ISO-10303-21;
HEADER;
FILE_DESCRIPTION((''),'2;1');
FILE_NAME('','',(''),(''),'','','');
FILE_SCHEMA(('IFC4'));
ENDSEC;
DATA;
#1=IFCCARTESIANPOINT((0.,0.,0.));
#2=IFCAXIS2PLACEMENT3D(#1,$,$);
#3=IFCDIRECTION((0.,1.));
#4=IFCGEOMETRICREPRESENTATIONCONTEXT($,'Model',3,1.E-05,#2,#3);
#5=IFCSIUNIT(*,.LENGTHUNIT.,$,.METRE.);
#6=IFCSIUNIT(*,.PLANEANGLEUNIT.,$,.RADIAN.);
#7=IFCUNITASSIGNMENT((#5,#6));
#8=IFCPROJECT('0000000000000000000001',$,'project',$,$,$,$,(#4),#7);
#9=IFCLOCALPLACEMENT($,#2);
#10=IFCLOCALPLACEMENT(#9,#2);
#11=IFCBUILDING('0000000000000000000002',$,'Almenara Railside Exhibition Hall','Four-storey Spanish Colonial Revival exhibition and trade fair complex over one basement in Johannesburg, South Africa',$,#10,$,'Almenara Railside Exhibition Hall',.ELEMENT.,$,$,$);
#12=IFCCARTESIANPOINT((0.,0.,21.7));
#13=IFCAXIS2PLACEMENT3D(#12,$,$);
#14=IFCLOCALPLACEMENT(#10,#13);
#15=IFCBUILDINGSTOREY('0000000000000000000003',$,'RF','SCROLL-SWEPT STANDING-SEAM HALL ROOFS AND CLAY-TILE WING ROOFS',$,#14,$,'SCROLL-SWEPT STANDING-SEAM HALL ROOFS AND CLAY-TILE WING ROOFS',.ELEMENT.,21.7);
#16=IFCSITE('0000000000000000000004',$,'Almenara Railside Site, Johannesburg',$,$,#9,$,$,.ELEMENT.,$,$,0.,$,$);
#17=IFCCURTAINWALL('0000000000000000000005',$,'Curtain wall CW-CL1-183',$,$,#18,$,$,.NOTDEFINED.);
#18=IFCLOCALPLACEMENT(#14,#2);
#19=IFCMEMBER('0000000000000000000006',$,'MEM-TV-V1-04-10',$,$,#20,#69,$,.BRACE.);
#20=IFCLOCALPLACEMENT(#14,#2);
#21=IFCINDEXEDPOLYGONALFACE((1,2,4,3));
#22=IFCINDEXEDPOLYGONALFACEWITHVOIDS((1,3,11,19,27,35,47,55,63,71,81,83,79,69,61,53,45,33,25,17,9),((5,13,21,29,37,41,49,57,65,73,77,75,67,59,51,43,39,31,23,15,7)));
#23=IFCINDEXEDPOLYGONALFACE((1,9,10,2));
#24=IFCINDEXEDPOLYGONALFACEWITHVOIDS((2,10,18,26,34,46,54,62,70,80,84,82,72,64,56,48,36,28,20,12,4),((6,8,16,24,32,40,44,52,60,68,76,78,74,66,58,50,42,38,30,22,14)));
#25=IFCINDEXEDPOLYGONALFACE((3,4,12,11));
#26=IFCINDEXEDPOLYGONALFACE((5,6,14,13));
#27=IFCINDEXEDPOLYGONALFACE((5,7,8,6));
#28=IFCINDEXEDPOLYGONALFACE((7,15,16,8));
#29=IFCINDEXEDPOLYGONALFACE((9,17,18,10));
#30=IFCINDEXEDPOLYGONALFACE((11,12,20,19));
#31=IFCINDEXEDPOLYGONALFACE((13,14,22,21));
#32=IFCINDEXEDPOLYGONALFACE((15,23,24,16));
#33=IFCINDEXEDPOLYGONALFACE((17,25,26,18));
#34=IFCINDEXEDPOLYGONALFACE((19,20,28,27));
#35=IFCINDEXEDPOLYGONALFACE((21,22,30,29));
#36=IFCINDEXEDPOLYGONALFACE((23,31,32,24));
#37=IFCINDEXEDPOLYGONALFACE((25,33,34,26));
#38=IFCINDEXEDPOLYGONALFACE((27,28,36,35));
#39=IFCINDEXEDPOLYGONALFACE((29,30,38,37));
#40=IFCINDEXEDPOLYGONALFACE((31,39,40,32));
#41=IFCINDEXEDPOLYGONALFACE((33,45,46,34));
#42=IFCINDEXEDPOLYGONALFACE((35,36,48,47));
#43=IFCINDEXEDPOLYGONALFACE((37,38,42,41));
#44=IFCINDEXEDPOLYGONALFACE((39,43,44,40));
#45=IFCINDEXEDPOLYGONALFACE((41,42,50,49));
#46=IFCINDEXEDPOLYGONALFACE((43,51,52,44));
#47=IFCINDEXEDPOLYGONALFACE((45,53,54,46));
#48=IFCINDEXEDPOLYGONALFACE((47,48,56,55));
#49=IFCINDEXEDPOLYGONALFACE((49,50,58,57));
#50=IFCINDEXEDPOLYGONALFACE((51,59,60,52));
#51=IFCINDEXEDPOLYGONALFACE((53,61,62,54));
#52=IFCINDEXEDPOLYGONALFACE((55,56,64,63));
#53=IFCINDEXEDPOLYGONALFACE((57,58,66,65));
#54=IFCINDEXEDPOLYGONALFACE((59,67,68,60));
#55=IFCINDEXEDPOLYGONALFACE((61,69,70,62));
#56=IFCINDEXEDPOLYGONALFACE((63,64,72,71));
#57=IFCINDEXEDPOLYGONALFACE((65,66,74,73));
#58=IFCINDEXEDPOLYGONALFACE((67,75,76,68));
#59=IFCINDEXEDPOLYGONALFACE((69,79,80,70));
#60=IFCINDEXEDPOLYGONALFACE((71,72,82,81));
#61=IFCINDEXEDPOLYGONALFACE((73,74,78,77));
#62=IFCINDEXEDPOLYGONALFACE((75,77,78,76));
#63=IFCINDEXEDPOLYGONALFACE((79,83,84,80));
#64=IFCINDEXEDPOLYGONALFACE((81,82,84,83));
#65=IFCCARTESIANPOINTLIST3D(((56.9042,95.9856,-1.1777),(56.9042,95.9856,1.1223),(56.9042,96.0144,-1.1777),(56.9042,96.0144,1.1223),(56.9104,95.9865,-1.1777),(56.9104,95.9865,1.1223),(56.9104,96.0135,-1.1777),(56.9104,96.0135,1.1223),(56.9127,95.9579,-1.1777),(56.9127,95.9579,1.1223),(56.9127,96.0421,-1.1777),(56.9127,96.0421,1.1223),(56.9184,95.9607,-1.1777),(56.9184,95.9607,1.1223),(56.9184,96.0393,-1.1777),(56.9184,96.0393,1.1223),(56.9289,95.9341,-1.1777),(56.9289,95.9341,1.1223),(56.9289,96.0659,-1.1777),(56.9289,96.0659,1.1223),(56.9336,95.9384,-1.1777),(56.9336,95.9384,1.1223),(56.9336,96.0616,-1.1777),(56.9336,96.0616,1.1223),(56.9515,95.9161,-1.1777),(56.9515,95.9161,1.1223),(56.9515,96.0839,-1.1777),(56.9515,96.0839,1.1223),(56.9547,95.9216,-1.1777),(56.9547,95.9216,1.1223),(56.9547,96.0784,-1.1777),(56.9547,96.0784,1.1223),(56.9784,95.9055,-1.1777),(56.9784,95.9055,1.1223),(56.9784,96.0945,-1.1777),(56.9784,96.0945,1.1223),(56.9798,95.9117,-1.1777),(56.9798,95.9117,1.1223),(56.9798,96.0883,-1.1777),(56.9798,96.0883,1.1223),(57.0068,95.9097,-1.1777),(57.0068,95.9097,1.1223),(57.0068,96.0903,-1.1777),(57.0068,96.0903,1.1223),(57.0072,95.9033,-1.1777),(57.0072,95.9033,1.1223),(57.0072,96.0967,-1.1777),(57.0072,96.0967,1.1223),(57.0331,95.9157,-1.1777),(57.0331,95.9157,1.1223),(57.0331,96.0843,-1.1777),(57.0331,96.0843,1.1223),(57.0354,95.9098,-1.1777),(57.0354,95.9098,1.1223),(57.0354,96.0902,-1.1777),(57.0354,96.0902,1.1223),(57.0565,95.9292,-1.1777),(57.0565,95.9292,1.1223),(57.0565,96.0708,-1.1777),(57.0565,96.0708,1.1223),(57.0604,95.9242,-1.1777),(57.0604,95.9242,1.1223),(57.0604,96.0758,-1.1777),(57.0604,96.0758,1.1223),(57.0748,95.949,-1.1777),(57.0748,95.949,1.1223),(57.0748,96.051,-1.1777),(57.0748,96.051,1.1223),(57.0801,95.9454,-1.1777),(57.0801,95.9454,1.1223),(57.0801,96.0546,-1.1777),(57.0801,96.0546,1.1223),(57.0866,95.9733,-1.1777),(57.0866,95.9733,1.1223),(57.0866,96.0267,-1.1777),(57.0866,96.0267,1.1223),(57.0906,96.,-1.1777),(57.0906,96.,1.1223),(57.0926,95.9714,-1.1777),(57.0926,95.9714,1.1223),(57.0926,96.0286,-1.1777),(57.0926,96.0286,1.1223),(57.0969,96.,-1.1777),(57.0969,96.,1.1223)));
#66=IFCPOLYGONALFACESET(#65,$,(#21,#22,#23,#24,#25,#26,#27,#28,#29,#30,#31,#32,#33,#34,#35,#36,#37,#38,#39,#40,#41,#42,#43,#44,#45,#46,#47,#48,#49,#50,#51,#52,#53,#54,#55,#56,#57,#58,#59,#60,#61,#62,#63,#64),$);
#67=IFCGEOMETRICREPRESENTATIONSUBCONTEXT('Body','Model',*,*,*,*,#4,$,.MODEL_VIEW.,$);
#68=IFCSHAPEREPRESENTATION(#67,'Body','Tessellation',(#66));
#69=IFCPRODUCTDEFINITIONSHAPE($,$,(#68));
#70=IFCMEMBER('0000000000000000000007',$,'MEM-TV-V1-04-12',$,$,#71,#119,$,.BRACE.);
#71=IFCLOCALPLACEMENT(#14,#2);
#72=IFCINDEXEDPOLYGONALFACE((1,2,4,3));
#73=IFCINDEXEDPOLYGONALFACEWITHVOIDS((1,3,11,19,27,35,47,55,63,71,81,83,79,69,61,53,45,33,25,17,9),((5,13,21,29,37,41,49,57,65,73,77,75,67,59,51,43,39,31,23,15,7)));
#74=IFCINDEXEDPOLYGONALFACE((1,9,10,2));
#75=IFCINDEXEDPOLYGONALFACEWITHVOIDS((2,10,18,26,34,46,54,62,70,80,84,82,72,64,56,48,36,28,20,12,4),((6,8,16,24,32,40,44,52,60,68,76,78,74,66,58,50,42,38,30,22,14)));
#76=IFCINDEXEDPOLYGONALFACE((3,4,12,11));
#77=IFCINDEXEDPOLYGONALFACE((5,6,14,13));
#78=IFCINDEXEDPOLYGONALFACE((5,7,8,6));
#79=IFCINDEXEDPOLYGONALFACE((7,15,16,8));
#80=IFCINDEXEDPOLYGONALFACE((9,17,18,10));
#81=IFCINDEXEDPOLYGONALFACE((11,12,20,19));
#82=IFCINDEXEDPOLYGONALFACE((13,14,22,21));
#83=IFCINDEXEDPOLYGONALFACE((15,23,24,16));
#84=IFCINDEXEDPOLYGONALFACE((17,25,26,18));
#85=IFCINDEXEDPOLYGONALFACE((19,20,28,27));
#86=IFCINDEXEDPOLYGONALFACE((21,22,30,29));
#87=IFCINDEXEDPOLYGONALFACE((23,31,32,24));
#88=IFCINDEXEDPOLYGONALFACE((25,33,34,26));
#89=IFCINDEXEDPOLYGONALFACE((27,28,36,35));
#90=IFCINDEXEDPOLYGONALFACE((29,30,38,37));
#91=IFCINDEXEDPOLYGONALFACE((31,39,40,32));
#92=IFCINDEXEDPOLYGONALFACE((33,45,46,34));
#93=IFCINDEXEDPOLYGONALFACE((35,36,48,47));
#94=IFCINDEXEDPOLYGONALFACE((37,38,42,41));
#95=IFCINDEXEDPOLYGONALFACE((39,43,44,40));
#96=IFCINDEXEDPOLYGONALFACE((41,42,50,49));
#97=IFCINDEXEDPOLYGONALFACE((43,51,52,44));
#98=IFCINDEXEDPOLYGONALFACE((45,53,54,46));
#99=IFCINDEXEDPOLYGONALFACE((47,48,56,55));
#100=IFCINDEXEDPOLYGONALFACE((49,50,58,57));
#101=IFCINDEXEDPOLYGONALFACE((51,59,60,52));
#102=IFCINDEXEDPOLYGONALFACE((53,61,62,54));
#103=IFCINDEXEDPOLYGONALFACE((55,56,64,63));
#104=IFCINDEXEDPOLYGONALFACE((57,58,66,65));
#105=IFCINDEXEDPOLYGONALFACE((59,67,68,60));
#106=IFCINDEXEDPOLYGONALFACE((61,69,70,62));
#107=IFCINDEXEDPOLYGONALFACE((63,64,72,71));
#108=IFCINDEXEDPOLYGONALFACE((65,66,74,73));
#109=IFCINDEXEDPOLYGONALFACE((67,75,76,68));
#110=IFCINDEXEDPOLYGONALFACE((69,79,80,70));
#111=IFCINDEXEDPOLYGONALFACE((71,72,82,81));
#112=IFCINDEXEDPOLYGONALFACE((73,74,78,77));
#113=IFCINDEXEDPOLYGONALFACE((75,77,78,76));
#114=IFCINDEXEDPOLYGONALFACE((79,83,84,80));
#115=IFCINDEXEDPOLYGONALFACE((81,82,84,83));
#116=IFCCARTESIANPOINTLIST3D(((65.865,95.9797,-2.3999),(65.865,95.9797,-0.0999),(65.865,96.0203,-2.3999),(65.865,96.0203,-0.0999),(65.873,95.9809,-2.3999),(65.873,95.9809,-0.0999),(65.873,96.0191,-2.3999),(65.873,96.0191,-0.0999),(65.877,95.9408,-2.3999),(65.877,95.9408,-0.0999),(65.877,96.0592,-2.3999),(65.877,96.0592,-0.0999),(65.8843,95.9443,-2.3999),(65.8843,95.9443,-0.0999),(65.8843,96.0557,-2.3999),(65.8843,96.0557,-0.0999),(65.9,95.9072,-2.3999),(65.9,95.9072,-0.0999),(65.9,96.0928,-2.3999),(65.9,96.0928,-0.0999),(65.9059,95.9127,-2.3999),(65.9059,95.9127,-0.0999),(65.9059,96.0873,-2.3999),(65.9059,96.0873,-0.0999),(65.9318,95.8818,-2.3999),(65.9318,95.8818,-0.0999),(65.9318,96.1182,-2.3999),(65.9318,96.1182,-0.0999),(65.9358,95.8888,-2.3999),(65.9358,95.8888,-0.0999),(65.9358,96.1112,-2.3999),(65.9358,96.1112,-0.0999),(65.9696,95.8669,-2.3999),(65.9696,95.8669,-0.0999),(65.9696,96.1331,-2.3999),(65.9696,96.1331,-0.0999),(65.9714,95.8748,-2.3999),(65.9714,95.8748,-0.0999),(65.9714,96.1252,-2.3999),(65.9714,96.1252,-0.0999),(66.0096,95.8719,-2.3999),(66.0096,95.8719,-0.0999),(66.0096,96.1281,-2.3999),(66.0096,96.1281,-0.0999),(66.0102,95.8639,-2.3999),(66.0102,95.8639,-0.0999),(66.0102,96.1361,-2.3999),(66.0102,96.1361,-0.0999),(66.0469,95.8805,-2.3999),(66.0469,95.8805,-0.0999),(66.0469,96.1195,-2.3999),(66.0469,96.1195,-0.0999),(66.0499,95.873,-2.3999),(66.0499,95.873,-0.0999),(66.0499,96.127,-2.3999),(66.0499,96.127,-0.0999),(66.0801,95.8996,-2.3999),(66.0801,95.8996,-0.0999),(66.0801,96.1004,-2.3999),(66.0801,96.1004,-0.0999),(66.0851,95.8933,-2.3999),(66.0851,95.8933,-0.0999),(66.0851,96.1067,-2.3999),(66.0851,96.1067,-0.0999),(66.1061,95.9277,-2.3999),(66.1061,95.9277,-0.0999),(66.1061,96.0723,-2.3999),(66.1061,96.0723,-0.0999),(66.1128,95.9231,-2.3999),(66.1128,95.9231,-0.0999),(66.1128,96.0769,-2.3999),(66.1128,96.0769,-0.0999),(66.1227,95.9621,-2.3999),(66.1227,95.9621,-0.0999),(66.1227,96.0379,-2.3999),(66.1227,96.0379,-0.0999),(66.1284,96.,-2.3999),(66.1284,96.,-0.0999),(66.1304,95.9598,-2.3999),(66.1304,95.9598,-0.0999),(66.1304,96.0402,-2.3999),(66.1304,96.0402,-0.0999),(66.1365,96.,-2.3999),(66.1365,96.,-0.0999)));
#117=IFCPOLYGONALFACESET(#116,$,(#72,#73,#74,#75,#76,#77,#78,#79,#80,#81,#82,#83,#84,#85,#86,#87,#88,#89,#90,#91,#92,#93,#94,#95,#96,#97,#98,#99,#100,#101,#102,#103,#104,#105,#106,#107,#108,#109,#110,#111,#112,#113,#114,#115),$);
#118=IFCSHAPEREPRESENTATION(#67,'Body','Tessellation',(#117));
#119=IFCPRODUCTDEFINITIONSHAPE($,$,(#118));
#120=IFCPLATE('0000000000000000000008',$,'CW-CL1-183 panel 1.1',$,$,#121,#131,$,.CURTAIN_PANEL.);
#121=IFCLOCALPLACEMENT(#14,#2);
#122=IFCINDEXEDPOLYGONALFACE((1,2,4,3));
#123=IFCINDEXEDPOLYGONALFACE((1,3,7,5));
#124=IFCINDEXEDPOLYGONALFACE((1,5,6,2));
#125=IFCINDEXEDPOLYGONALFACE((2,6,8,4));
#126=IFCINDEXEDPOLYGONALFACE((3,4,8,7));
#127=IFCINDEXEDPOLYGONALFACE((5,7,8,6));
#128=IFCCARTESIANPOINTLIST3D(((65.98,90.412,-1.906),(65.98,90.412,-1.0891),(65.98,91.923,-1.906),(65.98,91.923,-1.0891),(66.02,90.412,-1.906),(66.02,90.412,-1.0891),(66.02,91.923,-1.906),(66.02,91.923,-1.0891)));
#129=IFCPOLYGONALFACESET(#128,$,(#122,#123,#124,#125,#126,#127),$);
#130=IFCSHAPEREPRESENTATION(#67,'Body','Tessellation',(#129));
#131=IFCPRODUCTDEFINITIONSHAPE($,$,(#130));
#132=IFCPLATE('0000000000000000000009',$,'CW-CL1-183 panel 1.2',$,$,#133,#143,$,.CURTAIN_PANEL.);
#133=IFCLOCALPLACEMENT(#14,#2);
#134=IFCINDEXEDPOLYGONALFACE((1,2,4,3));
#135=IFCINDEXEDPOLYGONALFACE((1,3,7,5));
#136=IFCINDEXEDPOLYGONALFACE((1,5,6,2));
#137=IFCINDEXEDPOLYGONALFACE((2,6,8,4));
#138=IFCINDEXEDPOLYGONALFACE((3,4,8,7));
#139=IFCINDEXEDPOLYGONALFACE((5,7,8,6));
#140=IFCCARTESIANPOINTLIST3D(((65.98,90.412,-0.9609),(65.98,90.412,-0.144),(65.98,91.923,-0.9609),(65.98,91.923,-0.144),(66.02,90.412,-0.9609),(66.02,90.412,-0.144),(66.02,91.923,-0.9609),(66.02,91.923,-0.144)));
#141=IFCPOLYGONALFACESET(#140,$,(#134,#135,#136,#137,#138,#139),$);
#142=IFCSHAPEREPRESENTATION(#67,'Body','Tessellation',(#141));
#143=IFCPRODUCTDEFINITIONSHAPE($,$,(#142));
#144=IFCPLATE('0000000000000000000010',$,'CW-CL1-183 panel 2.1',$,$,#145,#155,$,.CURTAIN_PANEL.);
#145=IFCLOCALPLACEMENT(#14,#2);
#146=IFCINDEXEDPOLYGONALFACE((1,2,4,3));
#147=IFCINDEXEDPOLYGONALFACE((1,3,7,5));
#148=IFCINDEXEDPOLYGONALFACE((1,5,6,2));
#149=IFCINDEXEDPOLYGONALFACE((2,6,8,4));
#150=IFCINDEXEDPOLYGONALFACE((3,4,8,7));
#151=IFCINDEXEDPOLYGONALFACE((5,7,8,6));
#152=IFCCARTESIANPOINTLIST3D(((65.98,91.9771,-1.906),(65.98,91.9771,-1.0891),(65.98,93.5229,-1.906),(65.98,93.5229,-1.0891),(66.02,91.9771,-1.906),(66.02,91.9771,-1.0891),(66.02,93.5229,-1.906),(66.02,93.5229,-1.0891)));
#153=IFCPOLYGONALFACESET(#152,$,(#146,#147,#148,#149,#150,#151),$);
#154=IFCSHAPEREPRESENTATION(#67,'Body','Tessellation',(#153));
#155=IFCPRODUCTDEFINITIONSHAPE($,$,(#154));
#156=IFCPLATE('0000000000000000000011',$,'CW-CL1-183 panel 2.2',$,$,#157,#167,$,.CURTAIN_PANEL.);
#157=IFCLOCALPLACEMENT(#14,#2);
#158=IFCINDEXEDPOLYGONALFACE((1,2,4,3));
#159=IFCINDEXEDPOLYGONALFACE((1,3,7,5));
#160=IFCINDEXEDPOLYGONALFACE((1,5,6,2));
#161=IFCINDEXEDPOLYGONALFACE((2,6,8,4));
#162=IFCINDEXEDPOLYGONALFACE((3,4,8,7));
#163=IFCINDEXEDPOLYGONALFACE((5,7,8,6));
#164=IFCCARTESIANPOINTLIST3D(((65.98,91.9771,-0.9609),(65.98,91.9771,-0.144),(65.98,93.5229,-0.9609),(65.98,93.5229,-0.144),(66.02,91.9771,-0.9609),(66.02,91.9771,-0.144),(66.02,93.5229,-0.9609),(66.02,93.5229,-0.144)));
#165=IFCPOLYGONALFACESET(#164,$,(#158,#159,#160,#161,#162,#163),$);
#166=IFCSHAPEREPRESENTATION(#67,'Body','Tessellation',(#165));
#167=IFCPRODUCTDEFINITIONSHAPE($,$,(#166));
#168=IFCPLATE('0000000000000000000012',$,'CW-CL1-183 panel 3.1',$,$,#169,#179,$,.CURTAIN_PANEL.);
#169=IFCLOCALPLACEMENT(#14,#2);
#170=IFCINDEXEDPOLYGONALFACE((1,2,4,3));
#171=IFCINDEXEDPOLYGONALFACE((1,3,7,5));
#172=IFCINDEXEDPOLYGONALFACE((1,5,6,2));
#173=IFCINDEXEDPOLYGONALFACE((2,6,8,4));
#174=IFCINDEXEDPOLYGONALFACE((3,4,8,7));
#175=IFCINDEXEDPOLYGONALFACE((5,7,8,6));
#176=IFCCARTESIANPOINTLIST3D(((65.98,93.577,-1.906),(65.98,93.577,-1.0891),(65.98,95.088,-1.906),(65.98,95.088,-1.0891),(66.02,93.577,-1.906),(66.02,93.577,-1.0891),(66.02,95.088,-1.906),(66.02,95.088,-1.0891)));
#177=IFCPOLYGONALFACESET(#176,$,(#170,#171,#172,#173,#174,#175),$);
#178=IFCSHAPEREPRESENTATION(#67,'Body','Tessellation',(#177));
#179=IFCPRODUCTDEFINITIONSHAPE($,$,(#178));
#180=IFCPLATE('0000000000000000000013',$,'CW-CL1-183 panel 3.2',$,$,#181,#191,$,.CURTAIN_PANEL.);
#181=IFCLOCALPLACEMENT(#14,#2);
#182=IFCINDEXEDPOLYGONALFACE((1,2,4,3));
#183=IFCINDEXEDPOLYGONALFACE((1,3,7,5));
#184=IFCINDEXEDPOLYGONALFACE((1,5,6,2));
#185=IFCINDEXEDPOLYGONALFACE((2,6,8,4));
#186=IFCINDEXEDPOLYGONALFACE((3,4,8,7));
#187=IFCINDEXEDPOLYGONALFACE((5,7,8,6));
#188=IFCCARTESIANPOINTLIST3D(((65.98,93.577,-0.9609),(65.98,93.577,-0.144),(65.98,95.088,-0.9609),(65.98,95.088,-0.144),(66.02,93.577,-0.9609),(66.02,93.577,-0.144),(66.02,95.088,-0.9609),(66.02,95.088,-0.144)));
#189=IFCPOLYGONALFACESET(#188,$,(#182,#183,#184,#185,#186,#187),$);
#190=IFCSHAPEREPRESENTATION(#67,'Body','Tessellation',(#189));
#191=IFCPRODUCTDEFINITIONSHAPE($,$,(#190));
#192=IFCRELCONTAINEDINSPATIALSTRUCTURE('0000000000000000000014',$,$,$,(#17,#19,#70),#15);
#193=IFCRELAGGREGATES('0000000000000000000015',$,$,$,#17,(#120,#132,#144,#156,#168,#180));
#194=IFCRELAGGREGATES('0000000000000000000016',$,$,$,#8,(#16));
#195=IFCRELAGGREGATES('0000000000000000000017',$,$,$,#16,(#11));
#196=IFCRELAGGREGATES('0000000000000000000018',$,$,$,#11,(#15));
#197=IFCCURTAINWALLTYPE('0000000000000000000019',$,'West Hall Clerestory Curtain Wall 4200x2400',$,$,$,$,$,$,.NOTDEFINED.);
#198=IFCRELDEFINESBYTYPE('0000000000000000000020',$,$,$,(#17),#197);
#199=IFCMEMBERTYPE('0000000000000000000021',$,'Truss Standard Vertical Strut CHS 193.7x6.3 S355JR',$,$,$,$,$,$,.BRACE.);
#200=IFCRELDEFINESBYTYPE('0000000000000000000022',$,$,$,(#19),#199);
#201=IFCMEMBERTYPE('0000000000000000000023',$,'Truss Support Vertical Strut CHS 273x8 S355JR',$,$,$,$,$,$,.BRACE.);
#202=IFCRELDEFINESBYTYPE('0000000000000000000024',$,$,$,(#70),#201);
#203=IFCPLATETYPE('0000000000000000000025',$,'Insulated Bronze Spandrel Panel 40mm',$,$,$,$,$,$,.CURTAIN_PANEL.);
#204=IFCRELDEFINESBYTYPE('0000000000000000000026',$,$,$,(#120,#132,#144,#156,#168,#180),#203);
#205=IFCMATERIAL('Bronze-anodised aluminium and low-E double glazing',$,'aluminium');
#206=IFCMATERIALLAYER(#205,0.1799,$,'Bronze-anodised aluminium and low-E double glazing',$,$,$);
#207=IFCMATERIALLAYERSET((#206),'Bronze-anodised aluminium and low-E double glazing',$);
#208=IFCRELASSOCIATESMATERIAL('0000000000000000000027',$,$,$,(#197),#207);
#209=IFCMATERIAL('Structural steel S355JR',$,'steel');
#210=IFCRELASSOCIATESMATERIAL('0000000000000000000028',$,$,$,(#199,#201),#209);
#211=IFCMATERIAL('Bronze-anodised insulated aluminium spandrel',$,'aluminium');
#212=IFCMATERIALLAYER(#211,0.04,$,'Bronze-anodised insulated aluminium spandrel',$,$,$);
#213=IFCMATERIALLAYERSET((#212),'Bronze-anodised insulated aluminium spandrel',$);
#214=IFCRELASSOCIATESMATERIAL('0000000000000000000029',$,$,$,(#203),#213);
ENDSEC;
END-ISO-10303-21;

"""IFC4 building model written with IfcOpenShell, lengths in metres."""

from ifc_helpers import new_model, si_unit, direction, frame, origin, origin_2d, place, context, subcontext, project, spatial, rectangle, hollow_circle, extrude, material, layer, layer_set, material_profile, profile_set, type_object, element, aggregate, save


model = new_model("IFC4")

# Units and contexts
model_context = context("Model", 3, precision=1e-05, world=origin(), true_north=direction((0.0, 1.0)))
body_context = subcontext(model_context, "Body", "Model", "MODEL_VIEW")
ifc_project = project(units=[si_unit("LENGTHUNIT", "METRE"), si_unit("PLANEANGLEUNIT", "RADIAN")], contexts=[model_context])

# Site, building, storey
site_placement = place(None, origin())
site = spatial("IfcSite", under=ifc_project, at=site_placement, Name="Almenara Railside Site, Johannesburg", CompositionType="ELEMENT", RefElevation=0.0)
building_placement = place(site_placement, origin())
building = spatial("IfcBuilding", under=site, at=building_placement, Name="Almenara Railside Exhibition Hall", Description="Four-storey Spanish Colonial Revival exhibition and trade fair complex over one basement in Johannesburg, South Africa", LongName="Almenara Railside Exhibition Hall", CompositionType="ELEMENT")
storey_placement = place(building_placement, frame((0.0, 0.0, 21.7)))
storey = spatial("IfcBuildingStorey", under=building, at=storey_placement, Name="RF", Description="SCROLL-SWEPT STANDING-SEAM HALL ROOFS AND CLAY-TILE WING ROOFS", LongName="SCROLL-SWEPT STANDING-SEAM HALL ROOFS AND CLAY-TILE WING ROOFS", CompositionType="ELEMENT", Elevation=21.7)

# Shared definitions
ifc_material_1 = material(Name="Structural steel S355JR", Category="steel")

# Curtain wall
ifc_material_2 = material(Name="Bronze-anodised aluminium and low-E double glazing", Category="aluminium")
ifc_layer_1 = layer(ifc_material_2, 0.1799, Name="Bronze-anodised aluminium and low-E double glazing")
ifc_layer_set_1 = layer_set([ifc_layer_1], Name="Bronze-anodised aluminium and low-E double glazing")
curtain_wall_type = type_object("IfcCurtainWallType", Name="West Hall Clerestory Curtain Wall 4200x2400", PredefinedType="NOTDEFINED", material=ifc_layer_set_1)
curtain_wall_1_placement = place(storey_placement, origin())
curtain_wall_1 = element("IfcCurtainWall", 1, at=curtain_wall_1_placement, inside=storey, type_object=curtain_wall_type, Name="Curtain wall CW-CL1-183", PredefinedType="NOTDEFINED")

# Members
ifc_material_profile_1 = material_profile(ifc_material_1, hollow_circle(Radius=0.0969, WallThickness=0.0063, at=origin_2d()), Name="CHS 193.7x6.3")
ifc_profile_set_1 = profile_set([ifc_material_profile_1], Name="Structural steel S355JR")
member_type_1 = type_object("IfcMemberType", Name="Truss Standard Vertical Strut CHS 193.7x6.3 S355JR", PredefinedType="BRACE", material=ifc_profile_set_1)
member_1_placement = place(storey_placement, frame((57.0, 96.0, -1.1777), z_axis=(0.0, 0.0, 1.0), x_axis=(1.0, 0.0, 0.0)))
element("IfcMember", 2, at=member_1_placement, inside=storey, type_object=member_type_1, Name="MEM-TV-V1-04-10", PredefinedType="BRACE", context=body_context, shape_type="SweptSolid", body=[
    extrude(hollow_circle(Radius=0.0969, WallThickness=0.0063, at=origin_2d()), origin(), (0.0, 0.0, 1.0), 2.3),
])
ifc_material_profile_2 = material_profile(ifc_material_1, hollow_circle(Radius=0.1365, WallThickness=0.0081, at=origin_2d()), Name="CHS 273x8")
ifc_profile_set_2 = profile_set([ifc_material_profile_2], Name="Structural steel S355JR")
member_type_2 = type_object("IfcMemberType", Name="Truss Support Vertical Strut CHS 273x8 S355JR", PredefinedType="BRACE", material=ifc_profile_set_2)
member_2_placement = place(storey_placement, frame((66.0, 96.0, -2.3999), z_axis=(0.0, 0.0, 1.0), x_axis=(1.0, 0.0, 0.0)))
element("IfcMember", 3, at=member_2_placement, inside=storey, type_object=member_type_2, Name="MEM-TV-V1-04-12", PredefinedType="BRACE", context=body_context, shape_type="SweptSolid", body=[
    extrude(hollow_circle(Radius=0.1365, WallThickness=0.0081, at=origin_2d()), origin(), (0.0, 0.0, 1.0), 2.3),
])

# Plates
ifc_material_3 = material(Name="Bronze-anodised insulated aluminium spandrel", Category="aluminium")
ifc_layer_2 = layer(ifc_material_3, 0.04, Name="Bronze-anodised insulated aluminium spandrel")
ifc_layer_set_2 = layer_set([ifc_layer_2], Name="Bronze-anodised insulated aluminium spandrel")
plate_type_1 = type_object("IfcPlateType", Name="Insulated Bronze Spandrel Panel 40mm", PredefinedType="CURTAIN_PANEL", material=ifc_layer_set_2)
plate_1_placement = place(storey_placement, frame((66.0, 91.1675, -1.906), z_axis=(0.0, 0.0, 1.0), x_axis=(0.0, 1.0, 0.0)))
plate_1 = element("IfcPlate", 4, at=plate_1_placement, type_object=plate_type_1, Name="CW-CL1-183 panel 1.1", PredefinedType="CURTAIN_PANEL", context=body_context, shape_type="SweptSolid", body=[
    extrude(rectangle(XDim=1.511, YDim=0.04, at=origin_2d()), origin(), (0.0, 0.0, 1.0), 0.8169),
])
plate_2_placement = place(storey_placement, frame((66.0, 91.1675, -0.9609), z_axis=(0.0, 0.0, 1.0), x_axis=(0.0, 1.0, 0.0)))
plate_2 = element("IfcPlate", 5, at=plate_2_placement, type_object=plate_type_1, Name="CW-CL1-183 panel 1.2", PredefinedType="CURTAIN_PANEL", context=body_context, shape_type="SweptSolid", body=[
    extrude(rectangle(XDim=1.511, YDim=0.04, at=origin_2d()), origin(), (0.0, 0.0, 1.0), 0.8169),
])
plate_3_placement = place(storey_placement, frame((66.0, 92.75, -1.906), z_axis=(0.0, 0.0, 1.0), x_axis=(0.0, 1.0, 0.0)))
plate_3 = element("IfcPlate", 6, at=plate_3_placement, type_object=plate_type_1, Name="CW-CL1-183 panel 2.1", PredefinedType="CURTAIN_PANEL", context=body_context, shape_type="SweptSolid", body=[
    extrude(rectangle(XDim=1.5459, YDim=0.04, at=origin_2d()), origin(), (0.0, 0.0, 1.0), 0.8169),
])
plate_4_placement = place(storey_placement, frame((66.0, 92.75, -0.9609), z_axis=(0.0, 0.0, 1.0), x_axis=(0.0, 1.0, 0.0)))
plate_4 = element("IfcPlate", 7, at=plate_4_placement, type_object=plate_type_1, Name="CW-CL1-183 panel 2.2", PredefinedType="CURTAIN_PANEL", context=body_context, shape_type="SweptSolid", body=[
    extrude(rectangle(XDim=1.5459, YDim=0.04, at=origin_2d()), origin(), (0.0, 0.0, 1.0), 0.8169),
])
plate_5_placement = place(storey_placement, frame((66.0, 94.3325, -1.906), z_axis=(0.0, 0.0, 1.0), x_axis=(0.0, 1.0, 0.0)))
plate_5 = element("IfcPlate", 8, at=plate_5_placement, type_object=plate_type_1, Name="CW-CL1-183 panel 3.1", PredefinedType="CURTAIN_PANEL", context=body_context, shape_type="SweptSolid", body=[
    extrude(rectangle(XDim=1.511, YDim=0.04, at=origin_2d()), origin(), (0.0, 0.0, 1.0), 0.8169),
])
plate_6_placement = place(storey_placement, frame((66.0, 94.3325, -0.9609), z_axis=(0.0, 0.0, 1.0), x_axis=(0.0, 1.0, 0.0)))
plate_6 = element("IfcPlate", 9, at=plate_6_placement, type_object=plate_type_1, Name="CW-CL1-183 panel 3.2", PredefinedType="CURTAIN_PANEL", context=body_context, shape_type="SweptSolid", body=[
    extrude(rectangle(XDim=1.511, YDim=0.04, at=origin_2d()), origin(), (0.0, 0.0, 1.0), 0.8169),
])
aggregate(curtain_wall_1, [plate_1, plate_2, plate_3, plate_4, plate_5, plate_6])

save(model, "model.ifc")
